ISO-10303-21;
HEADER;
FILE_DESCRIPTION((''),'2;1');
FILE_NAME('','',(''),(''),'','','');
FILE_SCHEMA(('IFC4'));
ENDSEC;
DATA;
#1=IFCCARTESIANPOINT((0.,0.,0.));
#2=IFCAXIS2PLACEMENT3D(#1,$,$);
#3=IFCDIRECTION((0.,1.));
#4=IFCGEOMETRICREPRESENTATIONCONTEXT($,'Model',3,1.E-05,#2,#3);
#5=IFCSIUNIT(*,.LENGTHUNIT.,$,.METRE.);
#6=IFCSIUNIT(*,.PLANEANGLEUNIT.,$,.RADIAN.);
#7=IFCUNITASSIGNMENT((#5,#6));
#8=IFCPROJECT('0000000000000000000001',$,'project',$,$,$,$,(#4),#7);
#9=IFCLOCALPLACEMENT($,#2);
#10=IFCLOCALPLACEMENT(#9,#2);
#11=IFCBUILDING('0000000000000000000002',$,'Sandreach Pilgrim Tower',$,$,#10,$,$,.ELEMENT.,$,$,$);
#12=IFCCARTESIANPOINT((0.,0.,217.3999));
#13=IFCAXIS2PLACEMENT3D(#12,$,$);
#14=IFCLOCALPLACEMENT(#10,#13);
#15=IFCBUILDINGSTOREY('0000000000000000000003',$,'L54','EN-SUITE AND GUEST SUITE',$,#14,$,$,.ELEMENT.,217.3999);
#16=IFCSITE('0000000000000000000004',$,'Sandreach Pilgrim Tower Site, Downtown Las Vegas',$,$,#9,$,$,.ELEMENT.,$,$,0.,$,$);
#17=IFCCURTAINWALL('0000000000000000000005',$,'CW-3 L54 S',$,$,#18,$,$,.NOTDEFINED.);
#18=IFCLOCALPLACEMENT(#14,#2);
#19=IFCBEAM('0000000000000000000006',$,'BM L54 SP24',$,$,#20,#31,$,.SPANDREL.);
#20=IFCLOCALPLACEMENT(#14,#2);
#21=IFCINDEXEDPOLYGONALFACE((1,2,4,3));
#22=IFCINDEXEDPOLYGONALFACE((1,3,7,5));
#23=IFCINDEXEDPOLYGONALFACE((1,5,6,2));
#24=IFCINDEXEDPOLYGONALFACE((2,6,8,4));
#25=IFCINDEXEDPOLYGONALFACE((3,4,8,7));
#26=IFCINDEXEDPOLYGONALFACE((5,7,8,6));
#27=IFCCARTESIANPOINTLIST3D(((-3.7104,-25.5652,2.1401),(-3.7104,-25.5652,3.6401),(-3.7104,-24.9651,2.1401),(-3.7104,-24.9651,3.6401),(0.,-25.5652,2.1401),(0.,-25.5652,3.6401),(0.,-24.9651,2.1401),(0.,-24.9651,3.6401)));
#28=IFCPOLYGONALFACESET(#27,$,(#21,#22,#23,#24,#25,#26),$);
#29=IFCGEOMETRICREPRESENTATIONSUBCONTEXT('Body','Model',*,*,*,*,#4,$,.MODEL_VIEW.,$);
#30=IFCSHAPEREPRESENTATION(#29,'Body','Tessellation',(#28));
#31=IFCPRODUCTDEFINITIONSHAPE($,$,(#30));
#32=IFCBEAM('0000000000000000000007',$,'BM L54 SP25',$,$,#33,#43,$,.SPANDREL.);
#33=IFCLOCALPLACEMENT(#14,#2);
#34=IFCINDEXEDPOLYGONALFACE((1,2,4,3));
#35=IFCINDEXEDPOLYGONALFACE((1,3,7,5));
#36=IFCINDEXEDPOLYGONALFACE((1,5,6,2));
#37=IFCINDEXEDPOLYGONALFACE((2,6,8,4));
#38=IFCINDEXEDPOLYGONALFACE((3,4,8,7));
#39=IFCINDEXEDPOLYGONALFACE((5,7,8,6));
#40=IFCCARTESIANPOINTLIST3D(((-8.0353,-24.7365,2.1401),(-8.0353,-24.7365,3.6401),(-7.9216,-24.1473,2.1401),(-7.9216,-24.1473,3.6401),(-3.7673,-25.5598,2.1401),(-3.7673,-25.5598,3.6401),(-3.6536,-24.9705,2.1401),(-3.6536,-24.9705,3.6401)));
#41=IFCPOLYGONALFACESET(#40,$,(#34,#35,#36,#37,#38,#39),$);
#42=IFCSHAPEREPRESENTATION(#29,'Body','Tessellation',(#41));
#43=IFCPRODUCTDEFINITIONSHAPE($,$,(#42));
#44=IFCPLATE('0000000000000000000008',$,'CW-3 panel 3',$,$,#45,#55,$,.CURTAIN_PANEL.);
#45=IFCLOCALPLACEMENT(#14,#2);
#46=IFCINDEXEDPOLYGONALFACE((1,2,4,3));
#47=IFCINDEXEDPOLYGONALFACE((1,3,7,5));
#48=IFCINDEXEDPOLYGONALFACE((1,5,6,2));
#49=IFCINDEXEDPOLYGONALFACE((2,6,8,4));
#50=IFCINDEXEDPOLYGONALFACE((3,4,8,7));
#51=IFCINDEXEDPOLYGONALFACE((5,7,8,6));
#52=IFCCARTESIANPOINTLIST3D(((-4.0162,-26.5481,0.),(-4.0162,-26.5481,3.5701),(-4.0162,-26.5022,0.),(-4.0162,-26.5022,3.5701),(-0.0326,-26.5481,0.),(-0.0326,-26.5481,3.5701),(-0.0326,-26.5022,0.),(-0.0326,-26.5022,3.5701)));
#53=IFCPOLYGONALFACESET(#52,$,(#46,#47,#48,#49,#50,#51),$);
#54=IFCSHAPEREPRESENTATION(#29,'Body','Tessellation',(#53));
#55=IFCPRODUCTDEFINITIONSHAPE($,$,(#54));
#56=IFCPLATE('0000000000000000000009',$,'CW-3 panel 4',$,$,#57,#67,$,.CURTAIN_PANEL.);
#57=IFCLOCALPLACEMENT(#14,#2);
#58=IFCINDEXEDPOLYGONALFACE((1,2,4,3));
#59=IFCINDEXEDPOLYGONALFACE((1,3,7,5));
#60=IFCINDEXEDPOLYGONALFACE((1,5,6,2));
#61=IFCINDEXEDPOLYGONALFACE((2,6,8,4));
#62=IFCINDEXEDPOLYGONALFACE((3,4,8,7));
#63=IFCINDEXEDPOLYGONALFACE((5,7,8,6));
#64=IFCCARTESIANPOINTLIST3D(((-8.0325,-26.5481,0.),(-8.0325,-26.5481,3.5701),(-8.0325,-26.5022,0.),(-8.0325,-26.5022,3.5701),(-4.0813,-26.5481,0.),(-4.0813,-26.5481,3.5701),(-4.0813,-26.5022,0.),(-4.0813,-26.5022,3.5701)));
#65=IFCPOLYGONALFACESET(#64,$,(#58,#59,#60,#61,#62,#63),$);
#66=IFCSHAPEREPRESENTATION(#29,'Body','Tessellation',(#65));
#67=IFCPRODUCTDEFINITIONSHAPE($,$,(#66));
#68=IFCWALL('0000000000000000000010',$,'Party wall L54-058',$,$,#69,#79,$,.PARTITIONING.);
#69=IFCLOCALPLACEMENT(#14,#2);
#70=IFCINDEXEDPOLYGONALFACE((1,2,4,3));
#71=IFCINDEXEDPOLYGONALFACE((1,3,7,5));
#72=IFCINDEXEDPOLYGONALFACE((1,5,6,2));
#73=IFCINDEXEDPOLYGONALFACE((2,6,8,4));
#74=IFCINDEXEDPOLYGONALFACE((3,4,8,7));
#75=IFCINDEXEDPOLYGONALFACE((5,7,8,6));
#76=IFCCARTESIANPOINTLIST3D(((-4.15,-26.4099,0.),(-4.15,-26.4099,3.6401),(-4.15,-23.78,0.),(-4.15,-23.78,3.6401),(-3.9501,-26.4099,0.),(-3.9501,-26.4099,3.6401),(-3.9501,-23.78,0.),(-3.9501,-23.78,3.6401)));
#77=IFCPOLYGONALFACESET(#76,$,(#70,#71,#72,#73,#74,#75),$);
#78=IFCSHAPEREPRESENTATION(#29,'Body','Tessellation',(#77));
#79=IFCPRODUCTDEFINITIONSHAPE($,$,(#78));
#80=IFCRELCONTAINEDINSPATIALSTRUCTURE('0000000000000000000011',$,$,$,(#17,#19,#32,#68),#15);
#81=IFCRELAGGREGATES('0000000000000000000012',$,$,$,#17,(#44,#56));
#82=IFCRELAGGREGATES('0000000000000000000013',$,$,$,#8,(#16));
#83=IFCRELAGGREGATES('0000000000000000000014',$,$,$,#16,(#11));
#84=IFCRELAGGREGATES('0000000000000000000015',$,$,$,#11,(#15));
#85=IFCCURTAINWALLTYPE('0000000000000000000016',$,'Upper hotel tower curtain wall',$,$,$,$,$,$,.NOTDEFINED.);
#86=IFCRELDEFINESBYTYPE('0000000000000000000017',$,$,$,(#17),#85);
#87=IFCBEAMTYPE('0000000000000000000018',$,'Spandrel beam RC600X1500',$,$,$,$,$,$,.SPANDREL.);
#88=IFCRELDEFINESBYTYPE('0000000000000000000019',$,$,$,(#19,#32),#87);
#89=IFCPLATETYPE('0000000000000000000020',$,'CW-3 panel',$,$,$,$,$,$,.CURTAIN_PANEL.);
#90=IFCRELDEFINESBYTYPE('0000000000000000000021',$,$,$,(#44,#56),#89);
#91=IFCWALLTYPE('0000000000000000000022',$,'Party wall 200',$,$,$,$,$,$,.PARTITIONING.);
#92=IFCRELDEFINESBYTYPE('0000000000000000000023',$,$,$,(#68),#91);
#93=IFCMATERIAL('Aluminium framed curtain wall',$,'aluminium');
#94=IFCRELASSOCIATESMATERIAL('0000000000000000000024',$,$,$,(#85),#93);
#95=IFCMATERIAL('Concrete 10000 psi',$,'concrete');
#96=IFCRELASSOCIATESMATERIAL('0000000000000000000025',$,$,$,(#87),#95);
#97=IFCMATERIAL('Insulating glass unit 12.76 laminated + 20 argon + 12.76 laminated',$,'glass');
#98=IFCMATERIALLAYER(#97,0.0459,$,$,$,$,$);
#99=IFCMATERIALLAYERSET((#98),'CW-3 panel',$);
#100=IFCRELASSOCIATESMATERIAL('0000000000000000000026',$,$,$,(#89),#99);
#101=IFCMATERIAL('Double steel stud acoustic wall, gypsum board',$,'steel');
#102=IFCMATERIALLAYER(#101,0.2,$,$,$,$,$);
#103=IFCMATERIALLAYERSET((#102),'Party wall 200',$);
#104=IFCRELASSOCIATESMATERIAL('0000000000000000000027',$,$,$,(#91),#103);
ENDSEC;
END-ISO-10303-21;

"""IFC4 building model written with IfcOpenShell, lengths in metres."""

from ifc_helpers import new_model, si_unit, direction, frame, frame_2d, origin, origin_2d, place, context, subcontext, project, spatial, rectangle, extrude, material, layer, layer_set, material_profile, profile_set, type_object, element, aggregate, save


model = new_model("IFC4")

# Units and contexts
model_context = context("Model", 3, precision=1e-05, world=origin(), true_north=direction((0.0, 1.0)))
body_context = subcontext(model_context, "Body", "Model", "MODEL_VIEW")
ifc_project = project(units=[si_unit("LENGTHUNIT", "METRE"), si_unit("PLANEANGLEUNIT", "RADIAN")], contexts=[model_context])

# Site, building, storey
site_placement = place(None, origin())
site = spatial("IfcSite", under=ifc_project, at=site_placement, Name="Sandreach Pilgrim Tower Site, Downtown Las Vegas", CompositionType="ELEMENT", RefElevation=0.0)
building_placement = place(site_placement, origin())
building = spatial("IfcBuilding", under=site, at=building_placement, Name="Sandreach Pilgrim Tower", CompositionType="ELEMENT")
storey_placement = place(building_placement, frame((0.0, 0.0, 217.3999)))
storey = spatial("IfcBuildingStorey", under=building, at=storey_placement, Name="L54", Description="EN-SUITE AND GUEST SUITE", CompositionType="ELEMENT", Elevation=217.3999)

# Curtain wall
ifc_material_1 = material(Name="Aluminium framed curtain wall", Category="aluminium")
curtain_wall_type = type_object("IfcCurtainWallType", Name="Upper hotel tower curtain wall", PredefinedType="NOTDEFINED", material=ifc_material_1)
curtain_wall_placement = place(storey_placement, origin())
curtain_wall = element("IfcCurtainWall", 1, at=curtain_wall_placement, inside=storey, type_object=curtain_wall_type, Name="CW-3 L54 S", PredefinedType="NOTDEFINED")

# Beams
ifc_material_2 = material(Name="Concrete 10000 psi", Category="concrete")
ifc_material_profile_1 = material_profile(ifc_material_2, rectangle(XDim=0.6001, YDim=1.5, at=origin_2d()), Name="RC600X1500")
ifc_profile_set_1 = profile_set([ifc_material_profile_1], Name="Concrete 10000 psi")
beam_type_1 = type_object("IfcBeamType", Name="Spandrel beam RC600X1500", PredefinedType="SPANDREL", material=ifc_profile_set_1)
beam_1_placement = place(storey_placement, frame((0.0, -25.2651, 2.8901), z_axis=(-1.0, 0.0, 0.0), x_axis=(0.0, -1.0, 0.0)))
element("IfcBeam", 2, at=beam_1_placement, inside=storey, type_object=beam_type_1, Name="BM L54 SP24", PredefinedType="SPANDREL", context=body_context, shape_type="SweptSolid", body=[
    extrude(rectangle(XDim=0.6001, YDim=1.5, at=origin_2d()), origin(), (0.0, 0.0, 1.0), 3.7104),
])
beam_2_placement = place(storey_placement, frame((-3.7104, -25.2651, 2.8901), z_axis=(-0.981901, 0.189393, 0.0), x_axis=(-0.189393, -0.981901, 0.0)))
element("IfcBeam", 3, at=beam_2_placement, inside=storey, type_object=beam_type_1, Name="BM L54 SP25", PredefinedType="SPANDREL", context=body_context, shape_type="SweptSolid", body=[
    extrude(rectangle(XDim=0.6001, YDim=1.5, at=origin_2d()), origin(), (0.0, 0.0, 1.0), 4.3467),
])

# Plates
ifc_material_3 = material(Name="Insulating glass unit 12.76 laminated + 20 argon + 12.76 laminated", Category="glass")
ifc_layer_1 = layer(ifc_material_3, 0.0459)
ifc_layer_set_1 = layer_set([ifc_layer_1], Name="CW-3 panel")
plate_type = type_object("IfcPlateType", Name="CW-3 panel", PredefinedType="CURTAIN_PANEL", material=ifc_layer_set_1)
plate_1_placement = place(storey_placement, frame((-2.0244, -26.5251, 0.0), z_axis=(0.0, 0.0, 1.0), x_axis=(-1.0, 0.0, 0.0)))
plate_1 = element("IfcPlate", 4, at=plate_1_placement, type_object=plate_type, Name="CW-3 panel 3", PredefinedType="CURTAIN_PANEL", context=body_context, shape_type="SweptSolid", body=[
    extrude(rectangle(XDim=3.9836, YDim=0.0459, at=origin_2d()), origin(), (0.0, 0.0, 1.0), 3.5701),
])
plate_2_placement = place(storey_placement, frame((-6.0569, -26.5251, 0.0), z_axis=(0.0, 0.0, 1.0), x_axis=(-1.0, 0.0, 0.0)))
plate_2 = element("IfcPlate", 5, at=plate_2_placement, type_object=plate_type, Name="CW-3 panel 4", PredefinedType="CURTAIN_PANEL", context=body_context, shape_type="SweptSolid", body=[
    extrude(rectangle(XDim=3.9512, YDim=0.0459, at=origin_2d()), origin(), (0.0, 0.0, 1.0), 3.5701),
])
aggregate(curtain_wall, [plate_1, plate_2])

# Wall
ifc_material_4 = material(Name="Double steel stud acoustic wall, gypsum board", Category="steel")
ifc_layer_2 = layer(ifc_material_4, 0.2)
ifc_layer_set_2 = layer_set([ifc_layer_2], Name="Party wall 200")
wall_type = type_object("IfcWallType", Name="Party wall 200", PredefinedType="PARTITIONING", material=ifc_layer_set_2)
wall_placement = place(storey_placement, frame((-4.05, -26.4099, 0.0), z_axis=(0.0, 0.0, 1.0), x_axis=(0.0, 1.0, 0.0)))
element("IfcWall", 6, at=wall_placement, inside=storey, type_object=wall_type, Name="Party wall L54-058", PredefinedType="PARTITIONING", context=body_context, shape_type="SweptSolid", body=[
    extrude(rectangle(XDim=2.6299, YDim=0.2, at=frame_2d((1.3149, 0.0))), origin(), (0.0, 0.0, 1.0), 3.6401),
])

save(model, "model.ifc")
